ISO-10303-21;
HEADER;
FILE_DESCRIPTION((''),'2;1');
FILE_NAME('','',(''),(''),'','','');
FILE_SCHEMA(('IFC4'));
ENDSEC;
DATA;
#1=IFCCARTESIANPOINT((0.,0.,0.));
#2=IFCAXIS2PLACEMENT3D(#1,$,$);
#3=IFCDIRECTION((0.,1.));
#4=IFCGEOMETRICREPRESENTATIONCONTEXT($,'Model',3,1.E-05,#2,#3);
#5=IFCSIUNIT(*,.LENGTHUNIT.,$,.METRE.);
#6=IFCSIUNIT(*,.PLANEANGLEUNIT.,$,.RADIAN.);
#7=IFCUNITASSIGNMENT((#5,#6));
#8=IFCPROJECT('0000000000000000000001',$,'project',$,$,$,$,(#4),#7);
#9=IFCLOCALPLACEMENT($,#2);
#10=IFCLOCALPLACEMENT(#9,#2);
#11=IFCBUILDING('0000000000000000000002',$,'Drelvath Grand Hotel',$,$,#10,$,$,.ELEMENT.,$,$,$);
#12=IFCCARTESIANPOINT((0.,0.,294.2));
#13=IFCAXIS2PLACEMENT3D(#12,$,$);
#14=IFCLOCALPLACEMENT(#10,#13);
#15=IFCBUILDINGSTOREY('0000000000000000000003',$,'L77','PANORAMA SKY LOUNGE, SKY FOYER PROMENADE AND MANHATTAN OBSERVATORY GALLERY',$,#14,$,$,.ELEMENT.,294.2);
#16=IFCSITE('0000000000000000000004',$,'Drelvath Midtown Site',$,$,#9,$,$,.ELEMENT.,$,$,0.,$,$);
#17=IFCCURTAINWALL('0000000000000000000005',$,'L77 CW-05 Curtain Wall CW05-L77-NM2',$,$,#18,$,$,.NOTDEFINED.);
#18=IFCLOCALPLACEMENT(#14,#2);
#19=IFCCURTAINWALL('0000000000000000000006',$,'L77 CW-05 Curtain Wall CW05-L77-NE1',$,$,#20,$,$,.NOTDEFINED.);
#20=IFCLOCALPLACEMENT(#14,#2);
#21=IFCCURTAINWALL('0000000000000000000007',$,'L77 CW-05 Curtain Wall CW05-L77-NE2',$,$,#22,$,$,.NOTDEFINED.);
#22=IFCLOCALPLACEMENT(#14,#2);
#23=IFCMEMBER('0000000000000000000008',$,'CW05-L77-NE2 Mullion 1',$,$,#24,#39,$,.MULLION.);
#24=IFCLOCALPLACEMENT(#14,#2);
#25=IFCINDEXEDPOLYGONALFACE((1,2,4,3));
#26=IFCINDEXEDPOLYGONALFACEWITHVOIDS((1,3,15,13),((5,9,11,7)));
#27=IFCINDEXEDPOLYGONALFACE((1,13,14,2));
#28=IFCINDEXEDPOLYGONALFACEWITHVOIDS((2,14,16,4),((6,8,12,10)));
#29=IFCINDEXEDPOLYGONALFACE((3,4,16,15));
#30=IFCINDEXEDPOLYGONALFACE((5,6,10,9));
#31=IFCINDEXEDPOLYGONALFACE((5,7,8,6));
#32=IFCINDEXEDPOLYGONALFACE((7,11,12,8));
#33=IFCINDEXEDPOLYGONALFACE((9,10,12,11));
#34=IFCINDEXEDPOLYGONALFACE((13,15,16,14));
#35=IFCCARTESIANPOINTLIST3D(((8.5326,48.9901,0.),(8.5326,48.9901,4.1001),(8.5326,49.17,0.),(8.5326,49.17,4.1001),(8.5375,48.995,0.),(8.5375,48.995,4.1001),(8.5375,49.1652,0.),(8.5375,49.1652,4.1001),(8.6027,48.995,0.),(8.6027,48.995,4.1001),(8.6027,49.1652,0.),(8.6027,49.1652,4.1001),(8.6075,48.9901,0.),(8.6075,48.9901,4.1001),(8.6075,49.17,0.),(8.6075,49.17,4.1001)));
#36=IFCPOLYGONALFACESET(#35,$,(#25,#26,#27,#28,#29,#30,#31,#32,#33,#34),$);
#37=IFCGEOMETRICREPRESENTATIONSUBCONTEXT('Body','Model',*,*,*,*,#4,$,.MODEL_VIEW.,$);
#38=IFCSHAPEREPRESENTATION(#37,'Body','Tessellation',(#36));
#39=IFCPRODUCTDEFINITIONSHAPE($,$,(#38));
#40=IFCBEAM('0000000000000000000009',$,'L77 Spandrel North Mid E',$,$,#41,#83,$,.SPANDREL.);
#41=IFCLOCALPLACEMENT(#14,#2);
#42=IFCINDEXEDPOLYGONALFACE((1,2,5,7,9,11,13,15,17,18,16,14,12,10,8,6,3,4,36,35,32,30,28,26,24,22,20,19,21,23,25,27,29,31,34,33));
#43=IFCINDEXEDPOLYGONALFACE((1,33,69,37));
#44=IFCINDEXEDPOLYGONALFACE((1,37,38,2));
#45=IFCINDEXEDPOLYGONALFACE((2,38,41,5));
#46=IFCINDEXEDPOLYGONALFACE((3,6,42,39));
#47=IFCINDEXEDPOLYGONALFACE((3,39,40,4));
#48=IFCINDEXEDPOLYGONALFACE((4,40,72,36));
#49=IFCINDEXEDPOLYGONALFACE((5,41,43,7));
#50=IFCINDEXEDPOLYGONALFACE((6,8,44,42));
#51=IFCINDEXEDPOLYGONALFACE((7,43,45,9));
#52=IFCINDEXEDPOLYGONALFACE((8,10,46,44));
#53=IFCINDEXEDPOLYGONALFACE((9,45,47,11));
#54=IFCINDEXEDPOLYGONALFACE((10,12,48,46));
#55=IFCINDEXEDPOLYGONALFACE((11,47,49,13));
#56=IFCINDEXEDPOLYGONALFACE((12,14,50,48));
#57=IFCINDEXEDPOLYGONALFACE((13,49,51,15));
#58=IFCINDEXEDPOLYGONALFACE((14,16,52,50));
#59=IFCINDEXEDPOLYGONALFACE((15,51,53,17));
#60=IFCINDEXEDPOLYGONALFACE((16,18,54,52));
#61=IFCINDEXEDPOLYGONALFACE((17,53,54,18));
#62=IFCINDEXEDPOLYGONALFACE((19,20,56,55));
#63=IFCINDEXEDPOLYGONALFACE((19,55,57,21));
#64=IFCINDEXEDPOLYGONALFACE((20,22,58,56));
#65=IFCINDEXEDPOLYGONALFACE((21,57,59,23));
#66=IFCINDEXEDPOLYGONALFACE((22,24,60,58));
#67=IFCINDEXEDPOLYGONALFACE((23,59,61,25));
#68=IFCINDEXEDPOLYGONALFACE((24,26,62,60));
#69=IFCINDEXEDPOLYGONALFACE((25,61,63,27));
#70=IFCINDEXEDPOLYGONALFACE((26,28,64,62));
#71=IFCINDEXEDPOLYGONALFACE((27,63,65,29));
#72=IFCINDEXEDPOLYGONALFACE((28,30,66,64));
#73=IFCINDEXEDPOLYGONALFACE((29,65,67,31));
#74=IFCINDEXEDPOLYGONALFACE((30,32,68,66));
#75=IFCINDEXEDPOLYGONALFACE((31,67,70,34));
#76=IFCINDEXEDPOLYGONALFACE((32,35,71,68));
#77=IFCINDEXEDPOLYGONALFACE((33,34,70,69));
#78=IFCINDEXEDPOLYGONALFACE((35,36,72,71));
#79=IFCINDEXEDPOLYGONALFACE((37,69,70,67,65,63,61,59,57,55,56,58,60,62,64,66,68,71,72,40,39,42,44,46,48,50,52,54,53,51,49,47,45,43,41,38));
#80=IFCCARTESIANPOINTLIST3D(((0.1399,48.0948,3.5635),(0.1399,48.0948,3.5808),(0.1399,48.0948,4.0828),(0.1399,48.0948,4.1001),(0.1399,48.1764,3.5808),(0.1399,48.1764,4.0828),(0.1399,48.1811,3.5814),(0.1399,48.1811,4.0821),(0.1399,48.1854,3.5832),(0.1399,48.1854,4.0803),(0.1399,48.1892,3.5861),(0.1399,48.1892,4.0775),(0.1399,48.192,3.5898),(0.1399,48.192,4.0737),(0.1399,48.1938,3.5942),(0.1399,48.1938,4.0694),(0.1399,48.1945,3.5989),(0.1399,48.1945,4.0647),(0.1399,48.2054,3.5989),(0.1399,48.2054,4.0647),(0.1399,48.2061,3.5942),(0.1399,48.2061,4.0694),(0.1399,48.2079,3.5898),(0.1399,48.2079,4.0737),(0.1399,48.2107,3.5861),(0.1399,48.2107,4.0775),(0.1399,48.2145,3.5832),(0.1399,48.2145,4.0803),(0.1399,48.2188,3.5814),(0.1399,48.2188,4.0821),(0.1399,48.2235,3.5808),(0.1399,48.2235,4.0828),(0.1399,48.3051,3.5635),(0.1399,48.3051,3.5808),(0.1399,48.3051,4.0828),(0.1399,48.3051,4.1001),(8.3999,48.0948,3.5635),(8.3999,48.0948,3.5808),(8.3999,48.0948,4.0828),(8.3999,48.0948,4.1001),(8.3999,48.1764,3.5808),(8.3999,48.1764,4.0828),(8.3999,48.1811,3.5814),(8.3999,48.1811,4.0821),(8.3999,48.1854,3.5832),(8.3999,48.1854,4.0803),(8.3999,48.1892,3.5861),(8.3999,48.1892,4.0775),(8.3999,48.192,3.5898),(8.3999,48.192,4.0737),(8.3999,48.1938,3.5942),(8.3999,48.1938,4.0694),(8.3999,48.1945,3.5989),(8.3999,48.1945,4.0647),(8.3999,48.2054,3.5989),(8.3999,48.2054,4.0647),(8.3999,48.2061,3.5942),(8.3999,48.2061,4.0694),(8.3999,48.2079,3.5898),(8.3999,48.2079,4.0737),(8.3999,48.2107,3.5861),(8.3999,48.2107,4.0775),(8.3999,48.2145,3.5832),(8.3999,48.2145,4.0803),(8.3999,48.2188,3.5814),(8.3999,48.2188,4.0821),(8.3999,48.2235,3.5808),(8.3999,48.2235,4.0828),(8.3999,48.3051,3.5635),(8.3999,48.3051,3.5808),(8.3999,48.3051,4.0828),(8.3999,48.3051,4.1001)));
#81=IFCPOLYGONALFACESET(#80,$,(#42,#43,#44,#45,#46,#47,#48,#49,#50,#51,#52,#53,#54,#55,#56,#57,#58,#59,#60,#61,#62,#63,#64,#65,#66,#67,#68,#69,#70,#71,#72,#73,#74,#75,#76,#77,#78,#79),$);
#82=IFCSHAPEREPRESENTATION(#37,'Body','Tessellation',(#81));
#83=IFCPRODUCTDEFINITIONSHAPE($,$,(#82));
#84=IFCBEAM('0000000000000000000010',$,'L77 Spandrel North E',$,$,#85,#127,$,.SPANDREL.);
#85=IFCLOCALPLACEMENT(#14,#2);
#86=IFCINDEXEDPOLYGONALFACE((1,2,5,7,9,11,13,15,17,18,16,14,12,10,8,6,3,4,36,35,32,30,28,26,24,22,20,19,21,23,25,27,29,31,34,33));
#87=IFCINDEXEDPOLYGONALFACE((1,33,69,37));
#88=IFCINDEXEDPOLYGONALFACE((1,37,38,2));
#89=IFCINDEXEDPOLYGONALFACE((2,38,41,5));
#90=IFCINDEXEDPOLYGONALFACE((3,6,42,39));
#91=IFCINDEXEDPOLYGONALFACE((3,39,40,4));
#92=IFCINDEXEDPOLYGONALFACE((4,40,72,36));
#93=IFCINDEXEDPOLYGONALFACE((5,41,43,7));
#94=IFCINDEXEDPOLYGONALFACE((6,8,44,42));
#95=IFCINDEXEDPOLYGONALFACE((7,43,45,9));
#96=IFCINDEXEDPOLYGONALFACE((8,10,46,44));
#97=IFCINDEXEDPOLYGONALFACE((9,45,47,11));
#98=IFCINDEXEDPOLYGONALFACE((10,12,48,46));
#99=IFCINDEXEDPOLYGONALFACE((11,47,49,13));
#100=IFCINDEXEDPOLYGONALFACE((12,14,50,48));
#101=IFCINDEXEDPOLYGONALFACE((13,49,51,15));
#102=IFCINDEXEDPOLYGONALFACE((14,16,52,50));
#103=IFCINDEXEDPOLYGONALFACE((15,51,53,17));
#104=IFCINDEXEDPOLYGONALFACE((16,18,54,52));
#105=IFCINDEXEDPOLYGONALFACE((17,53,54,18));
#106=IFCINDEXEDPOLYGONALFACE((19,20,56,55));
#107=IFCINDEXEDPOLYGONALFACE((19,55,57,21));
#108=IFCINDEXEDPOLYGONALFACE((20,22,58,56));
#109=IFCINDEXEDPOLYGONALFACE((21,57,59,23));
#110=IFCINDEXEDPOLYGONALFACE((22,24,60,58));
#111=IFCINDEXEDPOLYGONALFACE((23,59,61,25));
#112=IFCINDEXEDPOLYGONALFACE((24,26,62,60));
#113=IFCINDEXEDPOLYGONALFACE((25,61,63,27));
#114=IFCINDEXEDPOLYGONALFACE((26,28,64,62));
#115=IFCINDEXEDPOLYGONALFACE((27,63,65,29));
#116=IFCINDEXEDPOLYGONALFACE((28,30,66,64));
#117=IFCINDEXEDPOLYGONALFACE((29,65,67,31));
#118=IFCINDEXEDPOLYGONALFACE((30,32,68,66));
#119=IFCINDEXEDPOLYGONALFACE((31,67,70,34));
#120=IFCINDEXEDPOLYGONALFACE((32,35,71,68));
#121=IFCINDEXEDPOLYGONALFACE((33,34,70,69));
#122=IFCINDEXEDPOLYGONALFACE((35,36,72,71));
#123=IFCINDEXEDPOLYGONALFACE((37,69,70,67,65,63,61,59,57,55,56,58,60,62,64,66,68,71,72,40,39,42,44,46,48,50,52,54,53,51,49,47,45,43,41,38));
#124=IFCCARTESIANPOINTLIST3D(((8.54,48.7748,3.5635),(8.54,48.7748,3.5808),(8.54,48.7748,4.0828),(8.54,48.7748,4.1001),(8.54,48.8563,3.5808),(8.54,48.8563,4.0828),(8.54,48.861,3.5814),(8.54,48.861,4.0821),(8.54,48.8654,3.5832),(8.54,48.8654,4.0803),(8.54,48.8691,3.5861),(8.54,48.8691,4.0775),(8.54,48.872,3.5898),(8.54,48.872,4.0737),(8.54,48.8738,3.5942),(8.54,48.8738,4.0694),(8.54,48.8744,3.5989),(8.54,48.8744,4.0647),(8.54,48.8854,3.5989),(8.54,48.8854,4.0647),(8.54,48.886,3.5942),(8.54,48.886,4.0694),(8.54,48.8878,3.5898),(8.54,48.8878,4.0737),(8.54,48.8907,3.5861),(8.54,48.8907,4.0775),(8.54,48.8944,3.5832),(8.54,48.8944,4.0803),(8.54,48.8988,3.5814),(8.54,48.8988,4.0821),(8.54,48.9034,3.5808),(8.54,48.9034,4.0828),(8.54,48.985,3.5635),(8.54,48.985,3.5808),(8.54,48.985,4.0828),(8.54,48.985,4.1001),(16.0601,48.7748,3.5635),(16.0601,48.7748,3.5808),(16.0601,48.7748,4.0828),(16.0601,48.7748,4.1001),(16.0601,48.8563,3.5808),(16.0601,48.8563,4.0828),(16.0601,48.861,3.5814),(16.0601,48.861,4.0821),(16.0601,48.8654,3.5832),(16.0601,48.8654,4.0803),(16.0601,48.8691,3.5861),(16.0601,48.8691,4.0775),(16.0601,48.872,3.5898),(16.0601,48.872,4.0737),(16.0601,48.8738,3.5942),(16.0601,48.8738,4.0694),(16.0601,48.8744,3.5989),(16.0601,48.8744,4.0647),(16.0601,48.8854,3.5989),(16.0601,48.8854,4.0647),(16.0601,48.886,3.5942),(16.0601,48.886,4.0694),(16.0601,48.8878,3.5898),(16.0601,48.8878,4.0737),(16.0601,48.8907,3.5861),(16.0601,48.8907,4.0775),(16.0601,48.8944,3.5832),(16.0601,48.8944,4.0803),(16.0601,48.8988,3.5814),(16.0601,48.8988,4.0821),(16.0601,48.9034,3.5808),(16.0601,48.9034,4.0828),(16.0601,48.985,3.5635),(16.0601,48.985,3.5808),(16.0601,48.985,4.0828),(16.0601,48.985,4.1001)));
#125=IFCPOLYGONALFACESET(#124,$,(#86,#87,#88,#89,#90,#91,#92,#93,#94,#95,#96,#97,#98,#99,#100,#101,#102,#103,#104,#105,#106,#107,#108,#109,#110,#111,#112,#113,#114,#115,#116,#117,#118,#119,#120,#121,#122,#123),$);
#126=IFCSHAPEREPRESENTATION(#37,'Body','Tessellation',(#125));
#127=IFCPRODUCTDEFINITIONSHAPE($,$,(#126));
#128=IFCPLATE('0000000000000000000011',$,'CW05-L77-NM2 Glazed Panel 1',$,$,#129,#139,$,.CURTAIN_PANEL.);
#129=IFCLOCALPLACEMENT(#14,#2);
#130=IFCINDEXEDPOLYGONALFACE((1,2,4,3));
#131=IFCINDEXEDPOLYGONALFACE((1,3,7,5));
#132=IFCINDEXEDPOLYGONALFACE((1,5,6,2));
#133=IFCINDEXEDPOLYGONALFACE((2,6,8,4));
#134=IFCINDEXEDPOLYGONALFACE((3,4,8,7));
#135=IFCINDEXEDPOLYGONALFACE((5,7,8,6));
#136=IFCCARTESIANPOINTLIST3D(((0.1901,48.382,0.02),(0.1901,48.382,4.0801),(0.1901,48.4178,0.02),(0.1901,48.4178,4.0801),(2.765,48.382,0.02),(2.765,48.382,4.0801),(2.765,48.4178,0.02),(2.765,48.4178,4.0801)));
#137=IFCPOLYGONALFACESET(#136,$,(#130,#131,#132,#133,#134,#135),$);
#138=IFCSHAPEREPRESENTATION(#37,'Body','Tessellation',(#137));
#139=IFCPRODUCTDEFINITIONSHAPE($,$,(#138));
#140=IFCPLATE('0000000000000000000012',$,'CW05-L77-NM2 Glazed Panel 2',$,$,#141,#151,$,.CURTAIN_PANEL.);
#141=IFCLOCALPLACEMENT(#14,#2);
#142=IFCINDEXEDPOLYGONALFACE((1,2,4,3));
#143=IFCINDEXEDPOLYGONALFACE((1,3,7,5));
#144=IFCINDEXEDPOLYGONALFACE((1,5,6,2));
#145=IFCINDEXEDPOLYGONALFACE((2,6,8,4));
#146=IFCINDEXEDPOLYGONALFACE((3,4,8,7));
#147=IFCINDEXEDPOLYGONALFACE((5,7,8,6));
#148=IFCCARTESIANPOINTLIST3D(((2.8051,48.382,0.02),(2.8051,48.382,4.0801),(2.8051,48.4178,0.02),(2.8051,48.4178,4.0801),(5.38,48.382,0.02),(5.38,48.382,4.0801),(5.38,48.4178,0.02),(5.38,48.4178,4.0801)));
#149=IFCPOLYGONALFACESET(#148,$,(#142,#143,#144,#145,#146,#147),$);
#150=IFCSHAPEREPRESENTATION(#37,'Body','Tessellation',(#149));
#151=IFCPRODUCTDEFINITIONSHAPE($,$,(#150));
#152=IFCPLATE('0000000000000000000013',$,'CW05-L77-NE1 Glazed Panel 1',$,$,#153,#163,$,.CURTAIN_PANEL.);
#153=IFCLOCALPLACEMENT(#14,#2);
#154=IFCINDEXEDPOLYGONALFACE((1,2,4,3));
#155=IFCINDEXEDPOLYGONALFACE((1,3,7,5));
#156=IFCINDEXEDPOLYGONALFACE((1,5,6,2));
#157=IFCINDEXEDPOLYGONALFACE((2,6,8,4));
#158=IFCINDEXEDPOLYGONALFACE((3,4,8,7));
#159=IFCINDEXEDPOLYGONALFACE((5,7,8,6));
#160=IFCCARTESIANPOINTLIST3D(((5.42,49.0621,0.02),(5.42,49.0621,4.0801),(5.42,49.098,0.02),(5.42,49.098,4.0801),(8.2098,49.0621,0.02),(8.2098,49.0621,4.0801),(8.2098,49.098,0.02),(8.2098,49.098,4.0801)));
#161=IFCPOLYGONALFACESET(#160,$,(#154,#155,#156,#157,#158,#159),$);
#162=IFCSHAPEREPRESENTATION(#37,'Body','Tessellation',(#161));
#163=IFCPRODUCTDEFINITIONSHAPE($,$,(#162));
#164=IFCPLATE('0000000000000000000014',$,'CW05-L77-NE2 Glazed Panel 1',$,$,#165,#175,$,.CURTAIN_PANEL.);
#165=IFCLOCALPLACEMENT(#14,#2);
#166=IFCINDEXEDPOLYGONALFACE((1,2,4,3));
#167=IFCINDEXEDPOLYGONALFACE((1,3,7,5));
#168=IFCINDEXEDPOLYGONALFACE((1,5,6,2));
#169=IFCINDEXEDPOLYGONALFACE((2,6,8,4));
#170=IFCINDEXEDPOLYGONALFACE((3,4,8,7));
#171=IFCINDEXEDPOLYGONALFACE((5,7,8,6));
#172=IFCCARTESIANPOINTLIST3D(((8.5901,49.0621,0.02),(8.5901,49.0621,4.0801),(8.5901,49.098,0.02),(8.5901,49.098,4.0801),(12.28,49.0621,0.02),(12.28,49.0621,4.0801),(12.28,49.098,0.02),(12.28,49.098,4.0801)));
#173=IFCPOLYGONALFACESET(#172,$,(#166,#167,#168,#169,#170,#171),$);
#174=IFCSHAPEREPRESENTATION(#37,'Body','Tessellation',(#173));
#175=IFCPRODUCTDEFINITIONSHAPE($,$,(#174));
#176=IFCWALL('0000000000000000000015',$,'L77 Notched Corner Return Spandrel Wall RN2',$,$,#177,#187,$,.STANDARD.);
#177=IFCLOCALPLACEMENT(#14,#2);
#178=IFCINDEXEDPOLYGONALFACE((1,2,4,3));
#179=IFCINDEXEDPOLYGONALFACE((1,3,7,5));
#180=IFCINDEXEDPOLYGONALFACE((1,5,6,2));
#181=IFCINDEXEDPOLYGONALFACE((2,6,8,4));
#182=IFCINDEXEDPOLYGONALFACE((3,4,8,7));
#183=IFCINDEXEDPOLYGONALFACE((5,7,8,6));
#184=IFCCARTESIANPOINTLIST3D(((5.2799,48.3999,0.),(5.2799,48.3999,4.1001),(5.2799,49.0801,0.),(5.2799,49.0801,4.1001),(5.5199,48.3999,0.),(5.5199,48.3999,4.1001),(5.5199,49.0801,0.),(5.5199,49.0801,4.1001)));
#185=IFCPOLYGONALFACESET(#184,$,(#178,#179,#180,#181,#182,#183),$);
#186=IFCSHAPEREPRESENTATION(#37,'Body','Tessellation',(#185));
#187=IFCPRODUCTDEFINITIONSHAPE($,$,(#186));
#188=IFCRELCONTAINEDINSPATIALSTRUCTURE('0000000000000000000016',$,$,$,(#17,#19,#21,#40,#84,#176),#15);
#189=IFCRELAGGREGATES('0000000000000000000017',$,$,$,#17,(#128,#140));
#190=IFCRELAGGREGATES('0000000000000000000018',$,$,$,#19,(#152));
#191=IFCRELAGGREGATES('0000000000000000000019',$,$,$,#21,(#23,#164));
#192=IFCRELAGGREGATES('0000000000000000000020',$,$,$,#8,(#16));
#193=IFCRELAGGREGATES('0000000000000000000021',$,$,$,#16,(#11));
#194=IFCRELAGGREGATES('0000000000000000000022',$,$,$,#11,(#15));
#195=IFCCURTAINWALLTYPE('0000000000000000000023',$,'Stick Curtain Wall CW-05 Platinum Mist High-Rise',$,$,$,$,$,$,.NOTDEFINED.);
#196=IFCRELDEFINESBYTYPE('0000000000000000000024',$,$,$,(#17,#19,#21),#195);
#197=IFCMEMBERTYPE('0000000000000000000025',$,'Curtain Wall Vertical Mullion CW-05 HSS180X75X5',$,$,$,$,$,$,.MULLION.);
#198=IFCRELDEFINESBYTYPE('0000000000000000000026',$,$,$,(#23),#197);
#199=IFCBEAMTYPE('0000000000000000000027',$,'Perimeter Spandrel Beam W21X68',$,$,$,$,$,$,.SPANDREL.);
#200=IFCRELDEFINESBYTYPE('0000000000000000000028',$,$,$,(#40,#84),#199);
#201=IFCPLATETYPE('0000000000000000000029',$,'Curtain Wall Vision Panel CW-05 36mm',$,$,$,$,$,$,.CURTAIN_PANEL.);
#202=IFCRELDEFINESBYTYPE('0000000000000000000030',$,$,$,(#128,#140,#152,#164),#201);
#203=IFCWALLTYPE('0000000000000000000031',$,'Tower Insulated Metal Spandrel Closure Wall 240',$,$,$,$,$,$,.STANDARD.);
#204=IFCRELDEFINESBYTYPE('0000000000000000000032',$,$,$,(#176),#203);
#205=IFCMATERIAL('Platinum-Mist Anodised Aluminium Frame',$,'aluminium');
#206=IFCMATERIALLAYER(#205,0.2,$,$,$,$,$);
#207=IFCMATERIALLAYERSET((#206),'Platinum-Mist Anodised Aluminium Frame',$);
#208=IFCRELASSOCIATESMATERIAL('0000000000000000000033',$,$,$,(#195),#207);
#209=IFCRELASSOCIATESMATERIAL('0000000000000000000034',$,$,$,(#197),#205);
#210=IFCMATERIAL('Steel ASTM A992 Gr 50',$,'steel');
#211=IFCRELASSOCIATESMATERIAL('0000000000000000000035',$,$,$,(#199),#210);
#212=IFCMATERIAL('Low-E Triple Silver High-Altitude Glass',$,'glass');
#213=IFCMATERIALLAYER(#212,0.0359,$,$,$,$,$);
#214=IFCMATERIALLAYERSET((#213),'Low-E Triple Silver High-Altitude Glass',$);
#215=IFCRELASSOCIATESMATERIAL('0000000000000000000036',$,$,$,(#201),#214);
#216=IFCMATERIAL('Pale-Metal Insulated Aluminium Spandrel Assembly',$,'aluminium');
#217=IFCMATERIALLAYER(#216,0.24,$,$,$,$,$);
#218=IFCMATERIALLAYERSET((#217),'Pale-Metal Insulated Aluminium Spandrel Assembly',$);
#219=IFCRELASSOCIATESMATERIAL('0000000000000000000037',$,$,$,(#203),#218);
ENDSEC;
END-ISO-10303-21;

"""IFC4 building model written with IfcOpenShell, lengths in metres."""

from ifc_helpers import new_model, si_unit, direction, frame, frame_2d, origin, origin_2d, place, context, subcontext, project, spatial, rectangle, hollow_rectangle, i_section, extrude, material, layer, layer_set, material_profile, profile_set, type_object, element, aggregate, save


model = new_model("IFC4")

# Units and contexts
model_context = context("Model", 3, precision=1e-05, world=origin(), true_north=direction((0.0, 1.0)))
body_context = subcontext(model_context, "Body", "Model", "MODEL_VIEW")
ifc_project = project(units=[si_unit("LENGTHUNIT", "METRE"), si_unit("PLANEANGLEUNIT", "RADIAN")], contexts=[model_context])

# Site, building, storey
site_placement = place(None, origin())
site = spatial("IfcSite", under=ifc_project, at=site_placement, Name="Drelvath Midtown Site", CompositionType="ELEMENT", RefElevation=0.0)
building_placement = place(site_placement, origin())
building = spatial("IfcBuilding", under=site, at=building_placement, Name="Drelvath Grand Hotel", CompositionType="ELEMENT")
storey_placement = place(building_placement, frame((0.0, 0.0, 294.2)))
storey = spatial("IfcBuildingStorey", under=building, at=storey_placement, Name="L77", Description="PANORAMA SKY LOUNGE, SKY FOYER PROMENADE AND MANHATTAN OBSERVATORY GALLERY", CompositionType="ELEMENT", Elevation=294.2)

# Curtain walls
ifc_material_1 = material(Name="Platinum-Mist Anodised Aluminium Frame", Category="aluminium")
ifc_layer_1 = layer(ifc_material_1, 0.2)
ifc_layer_set_1 = layer_set([ifc_layer_1], Name="Platinum-Mist Anodised Aluminium Frame")
curtain_wall_type = type_object("IfcCurtainWallType", Name="Stick Curtain Wall CW-05 Platinum Mist High-Rise", PredefinedType="NOTDEFINED", material=ifc_layer_set_1)
curtain_wall_1_placement = place(storey_placement, origin())
curtain_wall_1 = element("IfcCurtainWall", 1, at=curtain_wall_1_placement, inside=storey, type_object=curtain_wall_type, Name="L77 CW-05 Curtain Wall CW05-L77-NM2", PredefinedType="NOTDEFINED")
curtain_wall_2_placement = place(storey_placement, origin())
curtain_wall_2 = element("IfcCurtainWall", 2, at=curtain_wall_2_placement, inside=storey, type_object=curtain_wall_type, Name="L77 CW-05 Curtain Wall CW05-L77-NE1", PredefinedType="NOTDEFINED")
curtain_wall_3_placement = place(storey_placement, origin())
curtain_wall_3 = element("IfcCurtainWall", 3, at=curtain_wall_3_placement, inside=storey, type_object=curtain_wall_type, Name="L77 CW-05 Curtain Wall CW05-L77-NE2", PredefinedType="NOTDEFINED")

# Member
ifc_material_profile_1 = material_profile(ifc_material_1, hollow_rectangle(XDim=0.075, YDim=0.1799, WallThickness=0.0049, at=origin_2d()), Name="HSS180X75X5")
ifc_profile_set_1 = profile_set([ifc_material_profile_1], Name="Platinum-Mist Anodised Aluminium Frame")
member_type_1 = type_object("IfcMemberType", Name="Curtain Wall Vertical Mullion CW-05 HSS180X75X5", PredefinedType="MULLION", material=ifc_profile_set_1)
member_1_placement = place(storey_placement, frame((8.5701, 49.0801, 0.0), z_axis=(0.0, 0.0, 1.0), x_axis=(1.0, 0.0, 0.0)))
member_1 = element("IfcMember", 4, at=member_1_placement, type_object=member_type_1, Name="CW05-L77-NE2 Mullion 1", PredefinedType="MULLION", context=body_context, shape_type="SweptSolid", body=[
    extrude(hollow_rectangle(XDim=0.075, YDim=0.1799, WallThickness=0.0049, at=origin_2d()), origin(), (0.0, 0.0, 1.0), 4.1001),
])

# Beams
ifc_material_2 = material(Name="Steel ASTM A992 Gr 50", Category="steel")
ifc_material_profile_2 = material_profile(ifc_material_2, i_section(OverallWidth=0.2102, OverallDepth=0.5366, WebThickness=0.011, FlangeThickness=0.0173, FilletRadius=0.0181, at=origin_2d()), Name="W21X68")
ifc_profile_set_2 = profile_set([ifc_material_profile_2], Name="Steel ASTM A992 Gr 50")
beam_type = type_object("IfcBeamType", Name="Perimeter Spandrel Beam W21X68", PredefinedType="SPANDREL", material=ifc_profile_set_2)
beam_1_placement = place(storey_placement, frame((0.1399, 48.2, 3.8318), z_axis=(1.0, 0.0, 0.0), x_axis=(0.0, 1.0, 0.0)))
element("IfcBeam", 5, at=beam_1_placement, inside=storey, type_object=beam_type, Name="L77 Spandrel North Mid E", PredefinedType="SPANDREL", context=body_context, shape_type="SweptSolid", body=[
    extrude(i_section(OverallWidth=0.2102, OverallDepth=0.5366, WebThickness=0.011, FlangeThickness=0.0173, FilletRadius=0.0181, at=origin_2d()), origin(), (0.0, 0.0, 1.0), 8.26),
])
beam_2_placement = place(storey_placement, frame((8.54, 48.8799, 3.8318), z_axis=(1.0, 0.0, 0.0), x_axis=(0.0, 1.0, 0.0)))
element("IfcBeam", 6, at=beam_2_placement, inside=storey, type_object=beam_type, Name="L77 Spandrel North E", PredefinedType="SPANDREL", context=body_context, shape_type="SweptSolid", body=[
    extrude(i_section(OverallWidth=0.2102, OverallDepth=0.5366, WebThickness=0.011, FlangeThickness=0.0173, FilletRadius=0.0181, at=origin_2d()), origin(), (0.0, 0.0, 1.0), 7.52),
])

# Plates
ifc_material_3 = material(Name="Low-E Triple Silver High-Altitude Glass", Category="glass")
ifc_layer_2 = layer(ifc_material_3, 0.0359)
ifc_layer_set_2 = layer_set([ifc_layer_2], Name="Low-E Triple Silver High-Altitude Glass")
plate_type = type_object("IfcPlateType", Name="Curtain Wall Vision Panel CW-05 36mm", PredefinedType="CURTAIN_PANEL", material=ifc_layer_set_2)
plate_1_placement = place(storey_placement, frame((1.4775, 48.3999, 0.02), z_axis=(0.0, 0.0, 1.0), x_axis=(1.0, 0.0, 0.0)))
plate_1 = element("IfcPlate", 7, at=plate_1_placement, type_object=plate_type, Name="CW05-L77-NM2 Glazed Panel 1", PredefinedType="CURTAIN_PANEL", context=body_context, shape_type="SweptSolid", body=[
    extrude(rectangle(XDim=2.575, YDim=0.0359, at=origin_2d()), origin(), (0.0, 0.0, 1.0), 4.0601),
])
plate_2_placement = place(storey_placement, frame((4.0925, 48.3999, 0.02), z_axis=(0.0, 0.0, 1.0), x_axis=(1.0, 0.0, 0.0)))
plate_2 = element("IfcPlate", 8, at=plate_2_placement, type_object=plate_type, Name="CW05-L77-NM2 Glazed Panel 2", PredefinedType="CURTAIN_PANEL", context=body_context, shape_type="SweptSolid", body=[
    extrude(rectangle(XDim=2.575, YDim=0.0359, at=origin_2d()), origin(), (0.0, 0.0, 1.0), 4.0601),
])
aggregate(curtain_wall_1, [plate_1, plate_2])
plate_3_placement = place(storey_placement, frame((6.8149, 49.0801, 0.02), z_axis=(0.0, 0.0, 1.0), x_axis=(1.0, 0.0, 0.0)))
plate_3 = element("IfcPlate", 9, at=plate_3_placement, type_object=plate_type, Name="CW05-L77-NE1 Glazed Panel 1", PredefinedType="CURTAIN_PANEL", context=body_context, shape_type="SweptSolid", body=[
    extrude(rectangle(XDim=2.7898, YDim=0.0359, at=origin_2d()), origin(), (0.0, 0.0, 1.0), 4.0601),
])
aggregate(curtain_wall_2, [plate_3])
plate_4_placement = place(storey_placement, frame((10.4351, 49.0801, 0.02), z_axis=(0.0, 0.0, 1.0), x_axis=(1.0, 0.0, 0.0)))
plate_4 = element("IfcPlate", 10, at=plate_4_placement, type_object=plate_type, Name="CW05-L77-NE2 Glazed Panel 1", PredefinedType="CURTAIN_PANEL", context=body_context, shape_type="SweptSolid", body=[
    extrude(rectangle(XDim=3.6899, YDim=0.0359, at=origin_2d()), origin(), (0.0, 0.0, 1.0), 4.0601),
])
aggregate(curtain_wall_3, [member_1, plate_4])

# Wall
ifc_material_4 = material(Name="Pale-Metal Insulated Aluminium Spandrel Assembly", Category="aluminium")
ifc_layer_3 = layer(ifc_material_4, 0.24)
ifc_layer_set_3 = layer_set([ifc_layer_3], Name="Pale-Metal Insulated Aluminium Spandrel Assembly")
wall_type = type_object("IfcWallType", Name="Tower Insulated Metal Spandrel Closure Wall 240", PredefinedType="STANDARD", material=ifc_layer_set_3)
wall_placement = place(storey_placement, frame((5.3999, 48.3999, 0.0), z_axis=(0.0, 0.0, 1.0), x_axis=(0.0, 1.0, 0.0)))
element("IfcWall", 11, at=wall_placement, inside=storey, type_object=wall_type, Name="L77 Notched Corner Return Spandrel Wall RN2", PredefinedType="STANDARD", context=body_context, shape_type="SweptSolid", body=[
    extrude(rectangle(XDim=0.6802, YDim=0.24, at=frame_2d((0.3401, 0.0))), origin(), (0.0, 0.0, 1.0), 4.1001),
])

save(model, "model.ifc")
